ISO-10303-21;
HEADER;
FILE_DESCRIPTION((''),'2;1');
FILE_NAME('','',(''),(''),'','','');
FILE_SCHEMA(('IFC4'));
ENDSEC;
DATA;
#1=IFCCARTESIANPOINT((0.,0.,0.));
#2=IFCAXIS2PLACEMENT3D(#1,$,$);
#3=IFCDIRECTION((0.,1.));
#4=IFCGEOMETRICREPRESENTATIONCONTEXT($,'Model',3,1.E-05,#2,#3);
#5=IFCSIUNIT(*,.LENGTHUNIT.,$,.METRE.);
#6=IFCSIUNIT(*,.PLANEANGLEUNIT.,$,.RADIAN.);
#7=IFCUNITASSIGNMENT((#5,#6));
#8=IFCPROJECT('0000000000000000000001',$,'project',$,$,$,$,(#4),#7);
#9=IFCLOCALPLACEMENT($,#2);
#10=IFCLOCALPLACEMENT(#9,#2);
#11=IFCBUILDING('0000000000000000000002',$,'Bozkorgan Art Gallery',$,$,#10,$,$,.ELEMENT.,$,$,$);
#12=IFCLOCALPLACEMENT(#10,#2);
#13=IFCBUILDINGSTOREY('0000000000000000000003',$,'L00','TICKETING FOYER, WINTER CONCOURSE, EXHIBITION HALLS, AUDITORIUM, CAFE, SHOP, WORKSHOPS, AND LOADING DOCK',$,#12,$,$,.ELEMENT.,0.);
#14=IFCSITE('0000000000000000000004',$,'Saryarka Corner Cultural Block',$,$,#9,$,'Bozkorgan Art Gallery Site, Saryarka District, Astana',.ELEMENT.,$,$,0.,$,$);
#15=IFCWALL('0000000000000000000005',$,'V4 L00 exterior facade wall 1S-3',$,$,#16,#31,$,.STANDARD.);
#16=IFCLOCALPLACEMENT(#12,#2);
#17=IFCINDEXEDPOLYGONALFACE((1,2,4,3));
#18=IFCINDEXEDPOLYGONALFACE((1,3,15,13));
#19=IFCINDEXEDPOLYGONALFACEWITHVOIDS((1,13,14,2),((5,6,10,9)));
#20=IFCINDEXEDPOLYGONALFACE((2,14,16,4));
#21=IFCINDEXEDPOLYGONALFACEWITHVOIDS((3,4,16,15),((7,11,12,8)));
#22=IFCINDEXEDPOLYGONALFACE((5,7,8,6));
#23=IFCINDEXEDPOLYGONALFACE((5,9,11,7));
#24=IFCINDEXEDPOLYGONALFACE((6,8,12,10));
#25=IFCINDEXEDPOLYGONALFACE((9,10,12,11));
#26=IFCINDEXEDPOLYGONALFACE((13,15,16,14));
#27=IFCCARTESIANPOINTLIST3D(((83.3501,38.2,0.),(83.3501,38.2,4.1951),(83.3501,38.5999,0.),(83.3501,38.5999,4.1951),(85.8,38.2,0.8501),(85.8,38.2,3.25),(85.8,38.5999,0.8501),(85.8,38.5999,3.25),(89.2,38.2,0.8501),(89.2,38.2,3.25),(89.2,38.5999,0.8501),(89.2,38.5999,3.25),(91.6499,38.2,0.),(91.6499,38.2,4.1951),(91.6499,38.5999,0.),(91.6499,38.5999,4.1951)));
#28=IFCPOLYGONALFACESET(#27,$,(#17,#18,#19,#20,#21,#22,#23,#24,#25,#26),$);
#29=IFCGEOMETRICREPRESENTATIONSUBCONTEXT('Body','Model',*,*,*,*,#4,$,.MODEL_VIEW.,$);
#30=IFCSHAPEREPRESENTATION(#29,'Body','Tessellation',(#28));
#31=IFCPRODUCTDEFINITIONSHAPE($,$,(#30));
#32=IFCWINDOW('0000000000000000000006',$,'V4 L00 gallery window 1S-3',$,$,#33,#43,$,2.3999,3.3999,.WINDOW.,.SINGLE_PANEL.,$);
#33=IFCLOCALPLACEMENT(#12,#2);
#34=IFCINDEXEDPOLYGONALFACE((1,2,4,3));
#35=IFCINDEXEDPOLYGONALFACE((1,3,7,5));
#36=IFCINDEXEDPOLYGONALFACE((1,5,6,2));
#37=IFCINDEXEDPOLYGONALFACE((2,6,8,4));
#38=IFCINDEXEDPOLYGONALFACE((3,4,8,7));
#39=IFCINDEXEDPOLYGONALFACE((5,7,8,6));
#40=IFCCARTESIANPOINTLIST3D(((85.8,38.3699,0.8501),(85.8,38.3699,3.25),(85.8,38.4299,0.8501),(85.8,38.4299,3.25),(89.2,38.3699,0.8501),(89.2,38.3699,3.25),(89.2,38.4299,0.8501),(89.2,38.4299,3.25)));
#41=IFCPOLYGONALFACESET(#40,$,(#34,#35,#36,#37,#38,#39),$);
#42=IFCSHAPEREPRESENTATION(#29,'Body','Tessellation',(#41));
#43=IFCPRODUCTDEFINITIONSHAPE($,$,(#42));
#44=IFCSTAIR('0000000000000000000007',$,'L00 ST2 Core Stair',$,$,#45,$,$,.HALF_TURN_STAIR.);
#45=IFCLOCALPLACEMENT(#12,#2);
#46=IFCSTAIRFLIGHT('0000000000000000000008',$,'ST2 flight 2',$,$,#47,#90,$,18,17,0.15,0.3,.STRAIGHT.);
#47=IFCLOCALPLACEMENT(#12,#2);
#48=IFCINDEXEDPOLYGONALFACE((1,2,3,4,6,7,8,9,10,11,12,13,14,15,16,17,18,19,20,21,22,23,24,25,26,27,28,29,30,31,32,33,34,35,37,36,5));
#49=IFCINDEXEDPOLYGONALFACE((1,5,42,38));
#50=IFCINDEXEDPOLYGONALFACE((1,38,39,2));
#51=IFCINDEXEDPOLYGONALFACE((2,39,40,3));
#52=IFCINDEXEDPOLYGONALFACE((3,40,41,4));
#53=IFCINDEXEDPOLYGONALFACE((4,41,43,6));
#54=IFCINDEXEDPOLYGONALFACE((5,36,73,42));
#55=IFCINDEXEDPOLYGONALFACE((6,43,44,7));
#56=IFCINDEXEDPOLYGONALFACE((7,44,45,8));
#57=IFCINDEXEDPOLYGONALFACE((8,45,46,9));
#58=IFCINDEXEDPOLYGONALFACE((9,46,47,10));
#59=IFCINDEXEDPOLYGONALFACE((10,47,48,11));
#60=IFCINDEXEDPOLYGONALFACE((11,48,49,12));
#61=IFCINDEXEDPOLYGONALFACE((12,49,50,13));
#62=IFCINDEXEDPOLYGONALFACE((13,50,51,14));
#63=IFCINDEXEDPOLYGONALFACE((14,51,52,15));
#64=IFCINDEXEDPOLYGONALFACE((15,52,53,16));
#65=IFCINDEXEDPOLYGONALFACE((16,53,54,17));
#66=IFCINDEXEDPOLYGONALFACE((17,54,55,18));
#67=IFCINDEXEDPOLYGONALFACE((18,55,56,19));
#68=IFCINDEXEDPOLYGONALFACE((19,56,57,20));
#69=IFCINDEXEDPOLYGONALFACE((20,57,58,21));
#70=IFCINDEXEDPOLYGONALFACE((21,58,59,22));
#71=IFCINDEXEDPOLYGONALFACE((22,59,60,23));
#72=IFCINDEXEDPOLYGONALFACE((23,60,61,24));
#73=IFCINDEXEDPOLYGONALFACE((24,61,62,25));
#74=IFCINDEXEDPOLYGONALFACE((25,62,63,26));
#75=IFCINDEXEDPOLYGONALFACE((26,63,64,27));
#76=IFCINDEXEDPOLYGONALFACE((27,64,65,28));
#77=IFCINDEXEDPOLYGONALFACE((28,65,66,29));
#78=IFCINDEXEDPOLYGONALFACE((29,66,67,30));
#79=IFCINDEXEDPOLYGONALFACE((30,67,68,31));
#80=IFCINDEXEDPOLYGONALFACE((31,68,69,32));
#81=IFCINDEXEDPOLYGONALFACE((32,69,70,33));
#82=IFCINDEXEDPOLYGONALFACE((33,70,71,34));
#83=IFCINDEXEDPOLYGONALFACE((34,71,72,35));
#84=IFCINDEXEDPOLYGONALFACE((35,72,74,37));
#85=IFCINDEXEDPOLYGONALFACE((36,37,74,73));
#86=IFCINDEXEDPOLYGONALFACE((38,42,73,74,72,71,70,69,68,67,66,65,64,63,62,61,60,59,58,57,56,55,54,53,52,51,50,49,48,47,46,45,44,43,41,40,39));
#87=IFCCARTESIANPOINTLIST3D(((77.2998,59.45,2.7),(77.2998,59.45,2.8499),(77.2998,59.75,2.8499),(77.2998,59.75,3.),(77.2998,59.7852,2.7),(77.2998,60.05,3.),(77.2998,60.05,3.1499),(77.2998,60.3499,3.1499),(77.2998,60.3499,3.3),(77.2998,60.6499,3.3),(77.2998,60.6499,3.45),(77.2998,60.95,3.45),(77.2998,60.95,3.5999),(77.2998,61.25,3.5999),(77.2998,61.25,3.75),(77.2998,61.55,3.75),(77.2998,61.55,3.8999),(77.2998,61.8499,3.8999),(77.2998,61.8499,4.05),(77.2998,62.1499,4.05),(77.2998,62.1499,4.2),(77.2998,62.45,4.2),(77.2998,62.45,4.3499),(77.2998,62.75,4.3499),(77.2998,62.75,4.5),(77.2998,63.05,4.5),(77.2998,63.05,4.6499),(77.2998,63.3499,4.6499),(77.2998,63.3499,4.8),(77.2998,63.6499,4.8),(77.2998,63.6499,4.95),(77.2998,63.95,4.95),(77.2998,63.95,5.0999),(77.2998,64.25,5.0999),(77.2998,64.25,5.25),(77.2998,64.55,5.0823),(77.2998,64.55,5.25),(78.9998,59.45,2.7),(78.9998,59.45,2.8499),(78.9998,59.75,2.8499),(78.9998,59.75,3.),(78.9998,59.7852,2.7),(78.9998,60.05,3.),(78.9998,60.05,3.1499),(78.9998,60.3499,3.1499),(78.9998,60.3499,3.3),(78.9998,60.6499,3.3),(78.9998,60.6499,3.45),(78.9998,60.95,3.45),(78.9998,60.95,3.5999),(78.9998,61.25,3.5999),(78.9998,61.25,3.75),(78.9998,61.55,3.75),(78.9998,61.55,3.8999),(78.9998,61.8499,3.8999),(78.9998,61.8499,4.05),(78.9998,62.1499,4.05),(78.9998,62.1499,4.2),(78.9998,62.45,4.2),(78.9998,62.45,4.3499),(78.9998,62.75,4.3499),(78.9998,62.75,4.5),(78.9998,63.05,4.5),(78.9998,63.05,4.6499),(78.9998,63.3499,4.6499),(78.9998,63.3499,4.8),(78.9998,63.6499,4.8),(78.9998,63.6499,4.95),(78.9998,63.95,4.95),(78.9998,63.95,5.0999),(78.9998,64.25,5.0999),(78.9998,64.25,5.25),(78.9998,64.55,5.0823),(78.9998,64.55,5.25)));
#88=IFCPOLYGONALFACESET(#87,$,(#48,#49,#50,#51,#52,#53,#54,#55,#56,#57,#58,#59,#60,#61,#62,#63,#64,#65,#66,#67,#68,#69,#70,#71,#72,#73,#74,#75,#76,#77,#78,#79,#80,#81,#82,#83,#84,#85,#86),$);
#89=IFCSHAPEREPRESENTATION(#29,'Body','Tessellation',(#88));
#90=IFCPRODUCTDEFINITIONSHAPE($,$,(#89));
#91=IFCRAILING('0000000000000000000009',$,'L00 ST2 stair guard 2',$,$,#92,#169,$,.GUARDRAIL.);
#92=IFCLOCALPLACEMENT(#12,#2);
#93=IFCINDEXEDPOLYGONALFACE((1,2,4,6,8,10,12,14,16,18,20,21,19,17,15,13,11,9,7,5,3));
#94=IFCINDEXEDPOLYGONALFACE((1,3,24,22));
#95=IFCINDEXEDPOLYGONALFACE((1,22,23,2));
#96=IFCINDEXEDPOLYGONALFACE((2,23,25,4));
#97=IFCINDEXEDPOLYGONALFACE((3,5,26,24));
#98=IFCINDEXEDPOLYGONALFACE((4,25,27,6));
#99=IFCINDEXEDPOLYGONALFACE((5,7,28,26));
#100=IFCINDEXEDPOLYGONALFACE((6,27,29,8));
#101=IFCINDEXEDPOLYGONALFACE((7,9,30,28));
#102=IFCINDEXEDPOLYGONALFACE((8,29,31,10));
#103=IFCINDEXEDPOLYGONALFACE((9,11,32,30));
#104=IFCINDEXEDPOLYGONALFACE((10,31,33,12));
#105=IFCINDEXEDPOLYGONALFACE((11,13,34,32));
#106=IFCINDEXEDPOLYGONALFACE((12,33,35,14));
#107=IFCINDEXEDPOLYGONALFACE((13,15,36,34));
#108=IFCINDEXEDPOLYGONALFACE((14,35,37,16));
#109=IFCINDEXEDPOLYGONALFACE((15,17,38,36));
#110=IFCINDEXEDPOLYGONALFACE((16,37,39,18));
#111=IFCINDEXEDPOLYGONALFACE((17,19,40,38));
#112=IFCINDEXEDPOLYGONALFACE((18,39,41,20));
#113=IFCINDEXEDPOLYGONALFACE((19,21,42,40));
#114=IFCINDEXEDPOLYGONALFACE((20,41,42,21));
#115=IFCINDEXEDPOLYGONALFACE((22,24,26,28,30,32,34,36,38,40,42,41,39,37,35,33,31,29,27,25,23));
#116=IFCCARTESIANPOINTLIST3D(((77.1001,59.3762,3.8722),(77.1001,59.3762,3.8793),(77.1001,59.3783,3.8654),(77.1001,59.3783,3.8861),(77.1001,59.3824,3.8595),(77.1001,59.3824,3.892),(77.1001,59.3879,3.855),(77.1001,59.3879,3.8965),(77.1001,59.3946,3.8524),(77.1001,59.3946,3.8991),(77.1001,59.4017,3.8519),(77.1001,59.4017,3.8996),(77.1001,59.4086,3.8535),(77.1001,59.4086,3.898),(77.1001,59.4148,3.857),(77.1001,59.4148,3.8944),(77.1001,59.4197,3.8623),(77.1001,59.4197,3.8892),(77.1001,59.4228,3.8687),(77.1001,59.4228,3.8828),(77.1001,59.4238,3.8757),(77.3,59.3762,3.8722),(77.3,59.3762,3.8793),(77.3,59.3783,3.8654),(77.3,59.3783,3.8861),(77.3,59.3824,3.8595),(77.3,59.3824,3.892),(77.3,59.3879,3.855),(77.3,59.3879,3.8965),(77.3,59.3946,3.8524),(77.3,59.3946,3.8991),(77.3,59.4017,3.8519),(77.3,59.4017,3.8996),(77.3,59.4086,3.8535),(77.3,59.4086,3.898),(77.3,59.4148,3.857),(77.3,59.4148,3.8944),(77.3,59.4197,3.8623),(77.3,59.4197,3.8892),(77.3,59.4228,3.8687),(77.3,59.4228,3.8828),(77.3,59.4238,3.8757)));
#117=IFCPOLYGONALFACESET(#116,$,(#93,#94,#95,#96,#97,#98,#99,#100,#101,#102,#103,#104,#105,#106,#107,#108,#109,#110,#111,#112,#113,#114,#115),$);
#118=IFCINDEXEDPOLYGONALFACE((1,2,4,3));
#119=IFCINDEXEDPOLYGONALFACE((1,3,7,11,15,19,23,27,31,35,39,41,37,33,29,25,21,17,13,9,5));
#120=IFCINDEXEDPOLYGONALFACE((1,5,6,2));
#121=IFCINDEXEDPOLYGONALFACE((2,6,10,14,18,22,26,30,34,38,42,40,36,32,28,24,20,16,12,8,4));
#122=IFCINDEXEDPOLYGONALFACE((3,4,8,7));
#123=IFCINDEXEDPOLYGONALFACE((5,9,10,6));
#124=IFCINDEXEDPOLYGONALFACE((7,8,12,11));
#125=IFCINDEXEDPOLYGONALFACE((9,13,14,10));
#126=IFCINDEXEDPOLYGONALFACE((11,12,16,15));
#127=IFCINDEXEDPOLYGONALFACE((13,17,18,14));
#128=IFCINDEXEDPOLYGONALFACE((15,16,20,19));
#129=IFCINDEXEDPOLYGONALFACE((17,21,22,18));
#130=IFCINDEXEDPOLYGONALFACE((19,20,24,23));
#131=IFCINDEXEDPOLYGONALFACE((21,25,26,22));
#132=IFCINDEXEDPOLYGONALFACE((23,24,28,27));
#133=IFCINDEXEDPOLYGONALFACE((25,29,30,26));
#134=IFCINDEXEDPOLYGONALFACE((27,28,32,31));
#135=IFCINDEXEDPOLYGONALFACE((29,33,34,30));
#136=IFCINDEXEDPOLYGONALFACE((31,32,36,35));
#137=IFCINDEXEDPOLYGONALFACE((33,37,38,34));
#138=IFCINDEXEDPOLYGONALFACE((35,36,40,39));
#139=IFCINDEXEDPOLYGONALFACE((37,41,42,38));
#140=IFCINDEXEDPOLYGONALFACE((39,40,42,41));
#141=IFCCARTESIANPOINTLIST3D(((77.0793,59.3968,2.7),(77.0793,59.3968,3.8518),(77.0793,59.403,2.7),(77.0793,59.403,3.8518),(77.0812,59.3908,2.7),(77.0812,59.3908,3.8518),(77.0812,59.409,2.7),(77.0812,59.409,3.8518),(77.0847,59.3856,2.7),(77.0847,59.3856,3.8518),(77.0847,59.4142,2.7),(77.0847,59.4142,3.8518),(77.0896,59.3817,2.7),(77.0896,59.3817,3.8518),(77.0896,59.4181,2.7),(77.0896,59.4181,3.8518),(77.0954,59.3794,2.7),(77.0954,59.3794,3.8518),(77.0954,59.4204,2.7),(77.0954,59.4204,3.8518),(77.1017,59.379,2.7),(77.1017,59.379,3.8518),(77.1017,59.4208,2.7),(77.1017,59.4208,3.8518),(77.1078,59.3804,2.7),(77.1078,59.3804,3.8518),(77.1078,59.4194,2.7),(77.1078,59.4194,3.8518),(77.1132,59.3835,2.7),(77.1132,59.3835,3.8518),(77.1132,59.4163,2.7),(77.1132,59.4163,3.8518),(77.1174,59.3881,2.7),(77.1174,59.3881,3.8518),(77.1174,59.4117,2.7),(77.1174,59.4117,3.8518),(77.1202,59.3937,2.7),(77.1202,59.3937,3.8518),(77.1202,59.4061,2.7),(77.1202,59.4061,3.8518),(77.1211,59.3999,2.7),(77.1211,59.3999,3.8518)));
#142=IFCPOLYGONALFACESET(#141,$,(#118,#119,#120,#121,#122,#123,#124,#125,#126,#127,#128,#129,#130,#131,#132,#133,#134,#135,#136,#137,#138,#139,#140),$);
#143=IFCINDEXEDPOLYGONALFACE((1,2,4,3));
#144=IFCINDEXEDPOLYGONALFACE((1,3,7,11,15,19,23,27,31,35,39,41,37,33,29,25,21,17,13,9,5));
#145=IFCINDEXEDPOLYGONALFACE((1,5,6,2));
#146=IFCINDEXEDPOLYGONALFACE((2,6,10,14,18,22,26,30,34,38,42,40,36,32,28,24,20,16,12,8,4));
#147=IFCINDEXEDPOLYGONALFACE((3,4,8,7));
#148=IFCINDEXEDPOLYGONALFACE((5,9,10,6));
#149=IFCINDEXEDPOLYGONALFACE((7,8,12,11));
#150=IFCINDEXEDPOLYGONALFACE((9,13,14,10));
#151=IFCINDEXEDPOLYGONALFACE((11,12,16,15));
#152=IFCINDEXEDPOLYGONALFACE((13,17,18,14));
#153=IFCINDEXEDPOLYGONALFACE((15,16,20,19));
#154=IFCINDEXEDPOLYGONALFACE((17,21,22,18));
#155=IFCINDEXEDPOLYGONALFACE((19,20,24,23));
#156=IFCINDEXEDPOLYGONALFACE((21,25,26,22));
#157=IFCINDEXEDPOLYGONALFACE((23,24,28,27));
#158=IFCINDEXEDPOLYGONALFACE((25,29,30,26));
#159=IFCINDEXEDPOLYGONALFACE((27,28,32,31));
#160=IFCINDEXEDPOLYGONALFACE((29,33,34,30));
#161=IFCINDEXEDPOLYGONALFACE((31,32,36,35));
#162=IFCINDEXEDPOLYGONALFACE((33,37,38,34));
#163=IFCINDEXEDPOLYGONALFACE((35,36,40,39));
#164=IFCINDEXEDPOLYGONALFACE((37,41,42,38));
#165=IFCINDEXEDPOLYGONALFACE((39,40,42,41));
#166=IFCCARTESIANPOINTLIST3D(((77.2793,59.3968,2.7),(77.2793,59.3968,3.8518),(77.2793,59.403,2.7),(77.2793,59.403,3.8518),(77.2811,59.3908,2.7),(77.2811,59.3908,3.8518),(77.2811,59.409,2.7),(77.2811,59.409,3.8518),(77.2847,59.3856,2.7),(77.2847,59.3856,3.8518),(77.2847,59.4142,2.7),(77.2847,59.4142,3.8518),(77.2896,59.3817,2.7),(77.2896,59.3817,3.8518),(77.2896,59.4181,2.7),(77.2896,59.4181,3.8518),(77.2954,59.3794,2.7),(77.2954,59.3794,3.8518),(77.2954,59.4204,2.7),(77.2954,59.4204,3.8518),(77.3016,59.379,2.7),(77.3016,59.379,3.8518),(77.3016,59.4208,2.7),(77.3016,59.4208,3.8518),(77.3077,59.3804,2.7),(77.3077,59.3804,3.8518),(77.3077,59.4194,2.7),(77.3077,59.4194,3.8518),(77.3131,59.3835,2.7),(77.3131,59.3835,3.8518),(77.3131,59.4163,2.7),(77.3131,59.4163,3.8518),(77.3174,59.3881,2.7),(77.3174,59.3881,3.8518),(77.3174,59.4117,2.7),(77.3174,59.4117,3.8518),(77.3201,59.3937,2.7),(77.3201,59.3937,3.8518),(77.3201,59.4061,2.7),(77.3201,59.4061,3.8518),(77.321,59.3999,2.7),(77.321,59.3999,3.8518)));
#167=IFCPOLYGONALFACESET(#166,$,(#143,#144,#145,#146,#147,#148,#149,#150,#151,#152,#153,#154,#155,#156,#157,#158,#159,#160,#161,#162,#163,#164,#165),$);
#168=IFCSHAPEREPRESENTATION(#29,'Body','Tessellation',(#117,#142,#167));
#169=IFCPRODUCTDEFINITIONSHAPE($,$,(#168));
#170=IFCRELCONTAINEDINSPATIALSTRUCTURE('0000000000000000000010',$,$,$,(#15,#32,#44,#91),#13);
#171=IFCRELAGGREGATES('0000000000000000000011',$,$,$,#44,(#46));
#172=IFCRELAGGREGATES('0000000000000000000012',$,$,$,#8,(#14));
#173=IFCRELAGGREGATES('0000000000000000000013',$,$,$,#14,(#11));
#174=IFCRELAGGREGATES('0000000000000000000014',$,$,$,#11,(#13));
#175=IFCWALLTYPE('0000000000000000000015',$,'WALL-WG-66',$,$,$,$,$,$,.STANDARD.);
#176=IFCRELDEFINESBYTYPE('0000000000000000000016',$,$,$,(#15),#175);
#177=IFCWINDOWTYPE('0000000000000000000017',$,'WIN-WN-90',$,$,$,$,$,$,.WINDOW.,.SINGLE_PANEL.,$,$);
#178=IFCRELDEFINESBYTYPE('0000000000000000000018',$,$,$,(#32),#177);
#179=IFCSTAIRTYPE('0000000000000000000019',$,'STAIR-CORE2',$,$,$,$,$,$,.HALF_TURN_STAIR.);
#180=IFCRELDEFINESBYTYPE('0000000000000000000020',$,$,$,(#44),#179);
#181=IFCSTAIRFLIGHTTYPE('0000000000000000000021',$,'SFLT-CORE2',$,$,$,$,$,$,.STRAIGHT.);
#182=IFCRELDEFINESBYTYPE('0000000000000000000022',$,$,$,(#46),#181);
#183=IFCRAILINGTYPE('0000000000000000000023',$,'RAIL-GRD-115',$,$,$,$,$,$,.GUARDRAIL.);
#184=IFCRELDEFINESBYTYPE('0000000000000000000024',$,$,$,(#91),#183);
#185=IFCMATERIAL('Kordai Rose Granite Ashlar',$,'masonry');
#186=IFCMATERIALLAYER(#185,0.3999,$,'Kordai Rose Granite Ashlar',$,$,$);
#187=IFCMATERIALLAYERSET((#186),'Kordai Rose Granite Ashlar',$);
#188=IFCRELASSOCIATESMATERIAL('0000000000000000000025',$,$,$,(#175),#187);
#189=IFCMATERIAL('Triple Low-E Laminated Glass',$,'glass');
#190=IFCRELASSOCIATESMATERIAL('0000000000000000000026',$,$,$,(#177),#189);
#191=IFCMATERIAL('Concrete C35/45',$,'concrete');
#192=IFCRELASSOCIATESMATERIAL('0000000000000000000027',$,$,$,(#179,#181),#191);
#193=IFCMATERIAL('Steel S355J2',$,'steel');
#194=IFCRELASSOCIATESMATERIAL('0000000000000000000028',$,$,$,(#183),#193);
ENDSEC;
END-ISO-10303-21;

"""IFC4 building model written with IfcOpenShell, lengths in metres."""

from ifc_helpers import new_model, si_unit, direction, frame, frame_2d, origin, origin_2d, place, context, subcontext, project, spatial, polyline, rectangle, circle, outline, extrude, material, layer, layer_set, type_object, element, fill, aggregate, save


model = new_model("IFC4")

# Units and contexts
model_context = context("Model", 3, precision=1e-05, world=origin(), true_north=direction((0.0, 1.0)))
body_context = subcontext(model_context, "Body", "Model", "MODEL_VIEW")
ifc_project = project(units=[si_unit("LENGTHUNIT", "METRE"), si_unit("PLANEANGLEUNIT", "RADIAN")], contexts=[model_context])

# Site, building, storey
site_placement = place(None, origin())
site = spatial("IfcSite", under=ifc_project, at=site_placement, Name="Saryarka Corner Cultural Block", LongName="Bozkorgan Art Gallery Site, Saryarka District, Astana", CompositionType="ELEMENT", RefElevation=0.0)
building_placement = place(site_placement, origin())
building = spatial("IfcBuilding", under=site, at=building_placement, Name="Bozkorgan Art Gallery", CompositionType="ELEMENT")
storey_placement = place(building_placement, origin())
storey = spatial("IfcBuildingStorey", under=building, at=storey_placement, Name="L00", Description="TICKETING FOYER, WINTER CONCOURSE, EXHIBITION HALLS, AUDITORIUM, CAFE, SHOP, WORKSHOPS, AND LOADING DOCK", CompositionType="ELEMENT", Elevation=0.0)

# Shared definitions
ifc_material_1 = material(Name="Concrete C35/45", Category="concrete")
ifc_material_2 = material(Name="Steel S355J2", Category="steel")

# Wall, opening, window
ifc_material_3 = material(Name="Kordai Rose Granite Ashlar", Category="masonry")
ifc_layer_1 = layer(ifc_material_3, 0.3999, Name="Kordai Rose Granite Ashlar")
ifc_layer_set_1 = layer_set([ifc_layer_1], Name="Kordai Rose Granite Ashlar")
wall_type_1 = type_object("IfcWallType", Name="WALL-WG-66", PredefinedType="STANDARD", material=ifc_layer_set_1)
wall_1_placement = place(storey_placement, frame((83.3501, 38.3999, 0.0), z_axis=(0.0, 0.0, 1.0), x_axis=(1.0, 0.0, 0.0)))
wall_1 = element("IfcWall", 1, at=wall_1_placement, inside=storey, type_object=wall_type_1, Name="V4 L00 exterior facade wall 1S-3", PredefinedType="STANDARD", context=body_context, shape_type="SweptSolid", body=[
    extrude(rectangle(XDim=8.2998, YDim=0.3999, at=frame_2d((4.1499, 0.0))), origin(), (0.0, 0.0, 1.0), 4.1951),
])
opening_placement = place(wall_1_placement, frame((5.8499, 0.0, 0.8501), z_axis=(0.0, 0.0, 1.0), x_axis=(-1.0, 0.0, 0.0)))
opening = element("IfcOpeningElement", 2, at=opening_placement, cuts=wall_1, PredefinedType="OPENING", context=body_context, shape_type="SweptSolid", body=[
    extrude(rectangle(XDim=3.3999, YDim=2.3999, at=frame_2d((1.7, 1.2))), frame((0.0, 0.21, 0.0), z_axis=(0.0, -1.0, 0.0), x_axis=(1.0, 0.0, 0.0)), (0.0, 0.0, 1.0), 0.4199),
])
ifc_material_4 = material(Name="Triple Low-E Laminated Glass", Category="glass")
window_type = type_object("IfcWindowType", Name="WIN-WN-90", PartitioningType="SINGLE_PANEL", PredefinedType="WINDOW", material=ifc_material_4)
window_placement = place(opening_placement, origin())
window = element("IfcWindow", 3, at=window_placement, inside=storey, type_object=window_type, Name="V4 L00 gallery window 1S-3", OverallHeight=2.3999, OverallWidth=3.3999, PartitioningType="SINGLE_PANEL", PredefinedType="WINDOW", context=body_context, shape_type="SweptSolid", body=[
    extrude(rectangle(XDim=3.3999, YDim=2.3999, at=frame_2d((1.7, 1.2))), frame((0.0, 0.03, 0.0), z_axis=(0.0, -1.0, 0.0), x_axis=(1.0, 0.0, 0.0)), (0.0, 0.0, 1.0), 0.0601),
])
fill(opening, window)

# Stair, stair flight
stair_type = type_object("IfcStairType", Name="STAIR-CORE2", PredefinedType="HALF_TURN_STAIR", material=ifc_material_1)
stair_placement = place(storey_placement, origin())
stair = element("IfcStair", 4, at=stair_placement, inside=storey, type_object=stair_type, Name="L00 ST2 Core Stair", PredefinedType="HALF_TURN_STAIR")
stair_flight_type = type_object("IfcStairFlightType", Name="SFLT-CORE2", PredefinedType="STRAIGHT", material=ifc_material_1)
stair_flight_placement = place(storey_placement, frame((78.1499, 59.45, 2.7), z_axis=(0.0, 0.0, 1.0), x_axis=(0.0, 1.0, 0.0)))
stair_flight = element("IfcStairFlight", 5, at=stair_flight_placement, type_object=stair_flight_type, Name="ST2 flight 2", NumberOfRisers=18, NumberOfTreads=17, PredefinedType="STRAIGHT", RiserHeight=0.15, TreadLength=0.3, context=body_context, shape_type="SweptSolid", body=[
    extrude(outline(polyline([(0.0, 0.0), (0.0, 0.1499), (0.3, 0.1499), (0.3, 0.3), (0.6001, 0.3), (0.6001, 0.45), (0.8999, 0.45), (0.8999, 0.6001), (1.2, 0.6001), (1.2, 0.75), (1.5, 0.75), (1.5, 0.8999), (1.8, 0.8999), (1.8, 1.05), (2.1001, 1.05), (2.1001, 1.2), (2.3999, 1.2), (2.3999, 1.3501), (2.7, 1.3501), (2.7, 1.5), (3.0, 1.5), (3.0, 1.6499), (3.3, 1.6499), (3.3, 1.8), (3.6001, 1.8), (3.6001, 1.95), (3.8999, 1.95), (3.8999, 2.1001), (4.2, 2.1001), (4.2, 2.25), (4.5, 2.25), (4.5, 2.3999), (4.8, 2.3999), (4.8, 2.55), (5.1001, 2.55), (5.1001, 2.7), (5.1001, 2.3823), (0.3352, 0.0), (0.0, 0.0)])), frame((0.0, 0.8501, 0.0), z_axis=(0.0, -1.0, 0.0), x_axis=(1.0, 0.0, 0.0)), (0.0, 0.0, 1.0), 1.7),
])
aggregate(stair, [stair_flight])

# Railing
railing_type_1 = type_object("IfcRailingType", Name="RAIL-GRD-115", PredefinedType="GUARDRAIL", material=ifc_material_2)
railing_1_placement = place(storey_placement, frame((77.1001, 59.3999, 2.7)))
element("IfcRailing", 6, at=railing_1_placement, inside=storey, type_object=railing_type_1, Name="L00 ST2 stair guard 2", PredefinedType="GUARDRAIL", context=body_context, shape_type="SweptSolid", body=[
    extrude(circle(Radius=0.0239, at=origin_2d()), frame((0.0, 0.0, 1.1758), z_axis=(1.0, 0.0, 0.0), x_axis=(0.0, 1.0, 0.0)), (0.0, 0.0, 1.0), 0.2),
    extrude(circle(Radius=0.021, at=origin_2d()), origin(), (0.0, 0.0, 1.0), 1.1519),
    extrude(circle(Radius=0.021, at=origin_2d()), frame((0.2, 0.0, 0.0)), (0.0, 0.0, 1.0), 1.1519),
])

save(model, "model.ifc")
